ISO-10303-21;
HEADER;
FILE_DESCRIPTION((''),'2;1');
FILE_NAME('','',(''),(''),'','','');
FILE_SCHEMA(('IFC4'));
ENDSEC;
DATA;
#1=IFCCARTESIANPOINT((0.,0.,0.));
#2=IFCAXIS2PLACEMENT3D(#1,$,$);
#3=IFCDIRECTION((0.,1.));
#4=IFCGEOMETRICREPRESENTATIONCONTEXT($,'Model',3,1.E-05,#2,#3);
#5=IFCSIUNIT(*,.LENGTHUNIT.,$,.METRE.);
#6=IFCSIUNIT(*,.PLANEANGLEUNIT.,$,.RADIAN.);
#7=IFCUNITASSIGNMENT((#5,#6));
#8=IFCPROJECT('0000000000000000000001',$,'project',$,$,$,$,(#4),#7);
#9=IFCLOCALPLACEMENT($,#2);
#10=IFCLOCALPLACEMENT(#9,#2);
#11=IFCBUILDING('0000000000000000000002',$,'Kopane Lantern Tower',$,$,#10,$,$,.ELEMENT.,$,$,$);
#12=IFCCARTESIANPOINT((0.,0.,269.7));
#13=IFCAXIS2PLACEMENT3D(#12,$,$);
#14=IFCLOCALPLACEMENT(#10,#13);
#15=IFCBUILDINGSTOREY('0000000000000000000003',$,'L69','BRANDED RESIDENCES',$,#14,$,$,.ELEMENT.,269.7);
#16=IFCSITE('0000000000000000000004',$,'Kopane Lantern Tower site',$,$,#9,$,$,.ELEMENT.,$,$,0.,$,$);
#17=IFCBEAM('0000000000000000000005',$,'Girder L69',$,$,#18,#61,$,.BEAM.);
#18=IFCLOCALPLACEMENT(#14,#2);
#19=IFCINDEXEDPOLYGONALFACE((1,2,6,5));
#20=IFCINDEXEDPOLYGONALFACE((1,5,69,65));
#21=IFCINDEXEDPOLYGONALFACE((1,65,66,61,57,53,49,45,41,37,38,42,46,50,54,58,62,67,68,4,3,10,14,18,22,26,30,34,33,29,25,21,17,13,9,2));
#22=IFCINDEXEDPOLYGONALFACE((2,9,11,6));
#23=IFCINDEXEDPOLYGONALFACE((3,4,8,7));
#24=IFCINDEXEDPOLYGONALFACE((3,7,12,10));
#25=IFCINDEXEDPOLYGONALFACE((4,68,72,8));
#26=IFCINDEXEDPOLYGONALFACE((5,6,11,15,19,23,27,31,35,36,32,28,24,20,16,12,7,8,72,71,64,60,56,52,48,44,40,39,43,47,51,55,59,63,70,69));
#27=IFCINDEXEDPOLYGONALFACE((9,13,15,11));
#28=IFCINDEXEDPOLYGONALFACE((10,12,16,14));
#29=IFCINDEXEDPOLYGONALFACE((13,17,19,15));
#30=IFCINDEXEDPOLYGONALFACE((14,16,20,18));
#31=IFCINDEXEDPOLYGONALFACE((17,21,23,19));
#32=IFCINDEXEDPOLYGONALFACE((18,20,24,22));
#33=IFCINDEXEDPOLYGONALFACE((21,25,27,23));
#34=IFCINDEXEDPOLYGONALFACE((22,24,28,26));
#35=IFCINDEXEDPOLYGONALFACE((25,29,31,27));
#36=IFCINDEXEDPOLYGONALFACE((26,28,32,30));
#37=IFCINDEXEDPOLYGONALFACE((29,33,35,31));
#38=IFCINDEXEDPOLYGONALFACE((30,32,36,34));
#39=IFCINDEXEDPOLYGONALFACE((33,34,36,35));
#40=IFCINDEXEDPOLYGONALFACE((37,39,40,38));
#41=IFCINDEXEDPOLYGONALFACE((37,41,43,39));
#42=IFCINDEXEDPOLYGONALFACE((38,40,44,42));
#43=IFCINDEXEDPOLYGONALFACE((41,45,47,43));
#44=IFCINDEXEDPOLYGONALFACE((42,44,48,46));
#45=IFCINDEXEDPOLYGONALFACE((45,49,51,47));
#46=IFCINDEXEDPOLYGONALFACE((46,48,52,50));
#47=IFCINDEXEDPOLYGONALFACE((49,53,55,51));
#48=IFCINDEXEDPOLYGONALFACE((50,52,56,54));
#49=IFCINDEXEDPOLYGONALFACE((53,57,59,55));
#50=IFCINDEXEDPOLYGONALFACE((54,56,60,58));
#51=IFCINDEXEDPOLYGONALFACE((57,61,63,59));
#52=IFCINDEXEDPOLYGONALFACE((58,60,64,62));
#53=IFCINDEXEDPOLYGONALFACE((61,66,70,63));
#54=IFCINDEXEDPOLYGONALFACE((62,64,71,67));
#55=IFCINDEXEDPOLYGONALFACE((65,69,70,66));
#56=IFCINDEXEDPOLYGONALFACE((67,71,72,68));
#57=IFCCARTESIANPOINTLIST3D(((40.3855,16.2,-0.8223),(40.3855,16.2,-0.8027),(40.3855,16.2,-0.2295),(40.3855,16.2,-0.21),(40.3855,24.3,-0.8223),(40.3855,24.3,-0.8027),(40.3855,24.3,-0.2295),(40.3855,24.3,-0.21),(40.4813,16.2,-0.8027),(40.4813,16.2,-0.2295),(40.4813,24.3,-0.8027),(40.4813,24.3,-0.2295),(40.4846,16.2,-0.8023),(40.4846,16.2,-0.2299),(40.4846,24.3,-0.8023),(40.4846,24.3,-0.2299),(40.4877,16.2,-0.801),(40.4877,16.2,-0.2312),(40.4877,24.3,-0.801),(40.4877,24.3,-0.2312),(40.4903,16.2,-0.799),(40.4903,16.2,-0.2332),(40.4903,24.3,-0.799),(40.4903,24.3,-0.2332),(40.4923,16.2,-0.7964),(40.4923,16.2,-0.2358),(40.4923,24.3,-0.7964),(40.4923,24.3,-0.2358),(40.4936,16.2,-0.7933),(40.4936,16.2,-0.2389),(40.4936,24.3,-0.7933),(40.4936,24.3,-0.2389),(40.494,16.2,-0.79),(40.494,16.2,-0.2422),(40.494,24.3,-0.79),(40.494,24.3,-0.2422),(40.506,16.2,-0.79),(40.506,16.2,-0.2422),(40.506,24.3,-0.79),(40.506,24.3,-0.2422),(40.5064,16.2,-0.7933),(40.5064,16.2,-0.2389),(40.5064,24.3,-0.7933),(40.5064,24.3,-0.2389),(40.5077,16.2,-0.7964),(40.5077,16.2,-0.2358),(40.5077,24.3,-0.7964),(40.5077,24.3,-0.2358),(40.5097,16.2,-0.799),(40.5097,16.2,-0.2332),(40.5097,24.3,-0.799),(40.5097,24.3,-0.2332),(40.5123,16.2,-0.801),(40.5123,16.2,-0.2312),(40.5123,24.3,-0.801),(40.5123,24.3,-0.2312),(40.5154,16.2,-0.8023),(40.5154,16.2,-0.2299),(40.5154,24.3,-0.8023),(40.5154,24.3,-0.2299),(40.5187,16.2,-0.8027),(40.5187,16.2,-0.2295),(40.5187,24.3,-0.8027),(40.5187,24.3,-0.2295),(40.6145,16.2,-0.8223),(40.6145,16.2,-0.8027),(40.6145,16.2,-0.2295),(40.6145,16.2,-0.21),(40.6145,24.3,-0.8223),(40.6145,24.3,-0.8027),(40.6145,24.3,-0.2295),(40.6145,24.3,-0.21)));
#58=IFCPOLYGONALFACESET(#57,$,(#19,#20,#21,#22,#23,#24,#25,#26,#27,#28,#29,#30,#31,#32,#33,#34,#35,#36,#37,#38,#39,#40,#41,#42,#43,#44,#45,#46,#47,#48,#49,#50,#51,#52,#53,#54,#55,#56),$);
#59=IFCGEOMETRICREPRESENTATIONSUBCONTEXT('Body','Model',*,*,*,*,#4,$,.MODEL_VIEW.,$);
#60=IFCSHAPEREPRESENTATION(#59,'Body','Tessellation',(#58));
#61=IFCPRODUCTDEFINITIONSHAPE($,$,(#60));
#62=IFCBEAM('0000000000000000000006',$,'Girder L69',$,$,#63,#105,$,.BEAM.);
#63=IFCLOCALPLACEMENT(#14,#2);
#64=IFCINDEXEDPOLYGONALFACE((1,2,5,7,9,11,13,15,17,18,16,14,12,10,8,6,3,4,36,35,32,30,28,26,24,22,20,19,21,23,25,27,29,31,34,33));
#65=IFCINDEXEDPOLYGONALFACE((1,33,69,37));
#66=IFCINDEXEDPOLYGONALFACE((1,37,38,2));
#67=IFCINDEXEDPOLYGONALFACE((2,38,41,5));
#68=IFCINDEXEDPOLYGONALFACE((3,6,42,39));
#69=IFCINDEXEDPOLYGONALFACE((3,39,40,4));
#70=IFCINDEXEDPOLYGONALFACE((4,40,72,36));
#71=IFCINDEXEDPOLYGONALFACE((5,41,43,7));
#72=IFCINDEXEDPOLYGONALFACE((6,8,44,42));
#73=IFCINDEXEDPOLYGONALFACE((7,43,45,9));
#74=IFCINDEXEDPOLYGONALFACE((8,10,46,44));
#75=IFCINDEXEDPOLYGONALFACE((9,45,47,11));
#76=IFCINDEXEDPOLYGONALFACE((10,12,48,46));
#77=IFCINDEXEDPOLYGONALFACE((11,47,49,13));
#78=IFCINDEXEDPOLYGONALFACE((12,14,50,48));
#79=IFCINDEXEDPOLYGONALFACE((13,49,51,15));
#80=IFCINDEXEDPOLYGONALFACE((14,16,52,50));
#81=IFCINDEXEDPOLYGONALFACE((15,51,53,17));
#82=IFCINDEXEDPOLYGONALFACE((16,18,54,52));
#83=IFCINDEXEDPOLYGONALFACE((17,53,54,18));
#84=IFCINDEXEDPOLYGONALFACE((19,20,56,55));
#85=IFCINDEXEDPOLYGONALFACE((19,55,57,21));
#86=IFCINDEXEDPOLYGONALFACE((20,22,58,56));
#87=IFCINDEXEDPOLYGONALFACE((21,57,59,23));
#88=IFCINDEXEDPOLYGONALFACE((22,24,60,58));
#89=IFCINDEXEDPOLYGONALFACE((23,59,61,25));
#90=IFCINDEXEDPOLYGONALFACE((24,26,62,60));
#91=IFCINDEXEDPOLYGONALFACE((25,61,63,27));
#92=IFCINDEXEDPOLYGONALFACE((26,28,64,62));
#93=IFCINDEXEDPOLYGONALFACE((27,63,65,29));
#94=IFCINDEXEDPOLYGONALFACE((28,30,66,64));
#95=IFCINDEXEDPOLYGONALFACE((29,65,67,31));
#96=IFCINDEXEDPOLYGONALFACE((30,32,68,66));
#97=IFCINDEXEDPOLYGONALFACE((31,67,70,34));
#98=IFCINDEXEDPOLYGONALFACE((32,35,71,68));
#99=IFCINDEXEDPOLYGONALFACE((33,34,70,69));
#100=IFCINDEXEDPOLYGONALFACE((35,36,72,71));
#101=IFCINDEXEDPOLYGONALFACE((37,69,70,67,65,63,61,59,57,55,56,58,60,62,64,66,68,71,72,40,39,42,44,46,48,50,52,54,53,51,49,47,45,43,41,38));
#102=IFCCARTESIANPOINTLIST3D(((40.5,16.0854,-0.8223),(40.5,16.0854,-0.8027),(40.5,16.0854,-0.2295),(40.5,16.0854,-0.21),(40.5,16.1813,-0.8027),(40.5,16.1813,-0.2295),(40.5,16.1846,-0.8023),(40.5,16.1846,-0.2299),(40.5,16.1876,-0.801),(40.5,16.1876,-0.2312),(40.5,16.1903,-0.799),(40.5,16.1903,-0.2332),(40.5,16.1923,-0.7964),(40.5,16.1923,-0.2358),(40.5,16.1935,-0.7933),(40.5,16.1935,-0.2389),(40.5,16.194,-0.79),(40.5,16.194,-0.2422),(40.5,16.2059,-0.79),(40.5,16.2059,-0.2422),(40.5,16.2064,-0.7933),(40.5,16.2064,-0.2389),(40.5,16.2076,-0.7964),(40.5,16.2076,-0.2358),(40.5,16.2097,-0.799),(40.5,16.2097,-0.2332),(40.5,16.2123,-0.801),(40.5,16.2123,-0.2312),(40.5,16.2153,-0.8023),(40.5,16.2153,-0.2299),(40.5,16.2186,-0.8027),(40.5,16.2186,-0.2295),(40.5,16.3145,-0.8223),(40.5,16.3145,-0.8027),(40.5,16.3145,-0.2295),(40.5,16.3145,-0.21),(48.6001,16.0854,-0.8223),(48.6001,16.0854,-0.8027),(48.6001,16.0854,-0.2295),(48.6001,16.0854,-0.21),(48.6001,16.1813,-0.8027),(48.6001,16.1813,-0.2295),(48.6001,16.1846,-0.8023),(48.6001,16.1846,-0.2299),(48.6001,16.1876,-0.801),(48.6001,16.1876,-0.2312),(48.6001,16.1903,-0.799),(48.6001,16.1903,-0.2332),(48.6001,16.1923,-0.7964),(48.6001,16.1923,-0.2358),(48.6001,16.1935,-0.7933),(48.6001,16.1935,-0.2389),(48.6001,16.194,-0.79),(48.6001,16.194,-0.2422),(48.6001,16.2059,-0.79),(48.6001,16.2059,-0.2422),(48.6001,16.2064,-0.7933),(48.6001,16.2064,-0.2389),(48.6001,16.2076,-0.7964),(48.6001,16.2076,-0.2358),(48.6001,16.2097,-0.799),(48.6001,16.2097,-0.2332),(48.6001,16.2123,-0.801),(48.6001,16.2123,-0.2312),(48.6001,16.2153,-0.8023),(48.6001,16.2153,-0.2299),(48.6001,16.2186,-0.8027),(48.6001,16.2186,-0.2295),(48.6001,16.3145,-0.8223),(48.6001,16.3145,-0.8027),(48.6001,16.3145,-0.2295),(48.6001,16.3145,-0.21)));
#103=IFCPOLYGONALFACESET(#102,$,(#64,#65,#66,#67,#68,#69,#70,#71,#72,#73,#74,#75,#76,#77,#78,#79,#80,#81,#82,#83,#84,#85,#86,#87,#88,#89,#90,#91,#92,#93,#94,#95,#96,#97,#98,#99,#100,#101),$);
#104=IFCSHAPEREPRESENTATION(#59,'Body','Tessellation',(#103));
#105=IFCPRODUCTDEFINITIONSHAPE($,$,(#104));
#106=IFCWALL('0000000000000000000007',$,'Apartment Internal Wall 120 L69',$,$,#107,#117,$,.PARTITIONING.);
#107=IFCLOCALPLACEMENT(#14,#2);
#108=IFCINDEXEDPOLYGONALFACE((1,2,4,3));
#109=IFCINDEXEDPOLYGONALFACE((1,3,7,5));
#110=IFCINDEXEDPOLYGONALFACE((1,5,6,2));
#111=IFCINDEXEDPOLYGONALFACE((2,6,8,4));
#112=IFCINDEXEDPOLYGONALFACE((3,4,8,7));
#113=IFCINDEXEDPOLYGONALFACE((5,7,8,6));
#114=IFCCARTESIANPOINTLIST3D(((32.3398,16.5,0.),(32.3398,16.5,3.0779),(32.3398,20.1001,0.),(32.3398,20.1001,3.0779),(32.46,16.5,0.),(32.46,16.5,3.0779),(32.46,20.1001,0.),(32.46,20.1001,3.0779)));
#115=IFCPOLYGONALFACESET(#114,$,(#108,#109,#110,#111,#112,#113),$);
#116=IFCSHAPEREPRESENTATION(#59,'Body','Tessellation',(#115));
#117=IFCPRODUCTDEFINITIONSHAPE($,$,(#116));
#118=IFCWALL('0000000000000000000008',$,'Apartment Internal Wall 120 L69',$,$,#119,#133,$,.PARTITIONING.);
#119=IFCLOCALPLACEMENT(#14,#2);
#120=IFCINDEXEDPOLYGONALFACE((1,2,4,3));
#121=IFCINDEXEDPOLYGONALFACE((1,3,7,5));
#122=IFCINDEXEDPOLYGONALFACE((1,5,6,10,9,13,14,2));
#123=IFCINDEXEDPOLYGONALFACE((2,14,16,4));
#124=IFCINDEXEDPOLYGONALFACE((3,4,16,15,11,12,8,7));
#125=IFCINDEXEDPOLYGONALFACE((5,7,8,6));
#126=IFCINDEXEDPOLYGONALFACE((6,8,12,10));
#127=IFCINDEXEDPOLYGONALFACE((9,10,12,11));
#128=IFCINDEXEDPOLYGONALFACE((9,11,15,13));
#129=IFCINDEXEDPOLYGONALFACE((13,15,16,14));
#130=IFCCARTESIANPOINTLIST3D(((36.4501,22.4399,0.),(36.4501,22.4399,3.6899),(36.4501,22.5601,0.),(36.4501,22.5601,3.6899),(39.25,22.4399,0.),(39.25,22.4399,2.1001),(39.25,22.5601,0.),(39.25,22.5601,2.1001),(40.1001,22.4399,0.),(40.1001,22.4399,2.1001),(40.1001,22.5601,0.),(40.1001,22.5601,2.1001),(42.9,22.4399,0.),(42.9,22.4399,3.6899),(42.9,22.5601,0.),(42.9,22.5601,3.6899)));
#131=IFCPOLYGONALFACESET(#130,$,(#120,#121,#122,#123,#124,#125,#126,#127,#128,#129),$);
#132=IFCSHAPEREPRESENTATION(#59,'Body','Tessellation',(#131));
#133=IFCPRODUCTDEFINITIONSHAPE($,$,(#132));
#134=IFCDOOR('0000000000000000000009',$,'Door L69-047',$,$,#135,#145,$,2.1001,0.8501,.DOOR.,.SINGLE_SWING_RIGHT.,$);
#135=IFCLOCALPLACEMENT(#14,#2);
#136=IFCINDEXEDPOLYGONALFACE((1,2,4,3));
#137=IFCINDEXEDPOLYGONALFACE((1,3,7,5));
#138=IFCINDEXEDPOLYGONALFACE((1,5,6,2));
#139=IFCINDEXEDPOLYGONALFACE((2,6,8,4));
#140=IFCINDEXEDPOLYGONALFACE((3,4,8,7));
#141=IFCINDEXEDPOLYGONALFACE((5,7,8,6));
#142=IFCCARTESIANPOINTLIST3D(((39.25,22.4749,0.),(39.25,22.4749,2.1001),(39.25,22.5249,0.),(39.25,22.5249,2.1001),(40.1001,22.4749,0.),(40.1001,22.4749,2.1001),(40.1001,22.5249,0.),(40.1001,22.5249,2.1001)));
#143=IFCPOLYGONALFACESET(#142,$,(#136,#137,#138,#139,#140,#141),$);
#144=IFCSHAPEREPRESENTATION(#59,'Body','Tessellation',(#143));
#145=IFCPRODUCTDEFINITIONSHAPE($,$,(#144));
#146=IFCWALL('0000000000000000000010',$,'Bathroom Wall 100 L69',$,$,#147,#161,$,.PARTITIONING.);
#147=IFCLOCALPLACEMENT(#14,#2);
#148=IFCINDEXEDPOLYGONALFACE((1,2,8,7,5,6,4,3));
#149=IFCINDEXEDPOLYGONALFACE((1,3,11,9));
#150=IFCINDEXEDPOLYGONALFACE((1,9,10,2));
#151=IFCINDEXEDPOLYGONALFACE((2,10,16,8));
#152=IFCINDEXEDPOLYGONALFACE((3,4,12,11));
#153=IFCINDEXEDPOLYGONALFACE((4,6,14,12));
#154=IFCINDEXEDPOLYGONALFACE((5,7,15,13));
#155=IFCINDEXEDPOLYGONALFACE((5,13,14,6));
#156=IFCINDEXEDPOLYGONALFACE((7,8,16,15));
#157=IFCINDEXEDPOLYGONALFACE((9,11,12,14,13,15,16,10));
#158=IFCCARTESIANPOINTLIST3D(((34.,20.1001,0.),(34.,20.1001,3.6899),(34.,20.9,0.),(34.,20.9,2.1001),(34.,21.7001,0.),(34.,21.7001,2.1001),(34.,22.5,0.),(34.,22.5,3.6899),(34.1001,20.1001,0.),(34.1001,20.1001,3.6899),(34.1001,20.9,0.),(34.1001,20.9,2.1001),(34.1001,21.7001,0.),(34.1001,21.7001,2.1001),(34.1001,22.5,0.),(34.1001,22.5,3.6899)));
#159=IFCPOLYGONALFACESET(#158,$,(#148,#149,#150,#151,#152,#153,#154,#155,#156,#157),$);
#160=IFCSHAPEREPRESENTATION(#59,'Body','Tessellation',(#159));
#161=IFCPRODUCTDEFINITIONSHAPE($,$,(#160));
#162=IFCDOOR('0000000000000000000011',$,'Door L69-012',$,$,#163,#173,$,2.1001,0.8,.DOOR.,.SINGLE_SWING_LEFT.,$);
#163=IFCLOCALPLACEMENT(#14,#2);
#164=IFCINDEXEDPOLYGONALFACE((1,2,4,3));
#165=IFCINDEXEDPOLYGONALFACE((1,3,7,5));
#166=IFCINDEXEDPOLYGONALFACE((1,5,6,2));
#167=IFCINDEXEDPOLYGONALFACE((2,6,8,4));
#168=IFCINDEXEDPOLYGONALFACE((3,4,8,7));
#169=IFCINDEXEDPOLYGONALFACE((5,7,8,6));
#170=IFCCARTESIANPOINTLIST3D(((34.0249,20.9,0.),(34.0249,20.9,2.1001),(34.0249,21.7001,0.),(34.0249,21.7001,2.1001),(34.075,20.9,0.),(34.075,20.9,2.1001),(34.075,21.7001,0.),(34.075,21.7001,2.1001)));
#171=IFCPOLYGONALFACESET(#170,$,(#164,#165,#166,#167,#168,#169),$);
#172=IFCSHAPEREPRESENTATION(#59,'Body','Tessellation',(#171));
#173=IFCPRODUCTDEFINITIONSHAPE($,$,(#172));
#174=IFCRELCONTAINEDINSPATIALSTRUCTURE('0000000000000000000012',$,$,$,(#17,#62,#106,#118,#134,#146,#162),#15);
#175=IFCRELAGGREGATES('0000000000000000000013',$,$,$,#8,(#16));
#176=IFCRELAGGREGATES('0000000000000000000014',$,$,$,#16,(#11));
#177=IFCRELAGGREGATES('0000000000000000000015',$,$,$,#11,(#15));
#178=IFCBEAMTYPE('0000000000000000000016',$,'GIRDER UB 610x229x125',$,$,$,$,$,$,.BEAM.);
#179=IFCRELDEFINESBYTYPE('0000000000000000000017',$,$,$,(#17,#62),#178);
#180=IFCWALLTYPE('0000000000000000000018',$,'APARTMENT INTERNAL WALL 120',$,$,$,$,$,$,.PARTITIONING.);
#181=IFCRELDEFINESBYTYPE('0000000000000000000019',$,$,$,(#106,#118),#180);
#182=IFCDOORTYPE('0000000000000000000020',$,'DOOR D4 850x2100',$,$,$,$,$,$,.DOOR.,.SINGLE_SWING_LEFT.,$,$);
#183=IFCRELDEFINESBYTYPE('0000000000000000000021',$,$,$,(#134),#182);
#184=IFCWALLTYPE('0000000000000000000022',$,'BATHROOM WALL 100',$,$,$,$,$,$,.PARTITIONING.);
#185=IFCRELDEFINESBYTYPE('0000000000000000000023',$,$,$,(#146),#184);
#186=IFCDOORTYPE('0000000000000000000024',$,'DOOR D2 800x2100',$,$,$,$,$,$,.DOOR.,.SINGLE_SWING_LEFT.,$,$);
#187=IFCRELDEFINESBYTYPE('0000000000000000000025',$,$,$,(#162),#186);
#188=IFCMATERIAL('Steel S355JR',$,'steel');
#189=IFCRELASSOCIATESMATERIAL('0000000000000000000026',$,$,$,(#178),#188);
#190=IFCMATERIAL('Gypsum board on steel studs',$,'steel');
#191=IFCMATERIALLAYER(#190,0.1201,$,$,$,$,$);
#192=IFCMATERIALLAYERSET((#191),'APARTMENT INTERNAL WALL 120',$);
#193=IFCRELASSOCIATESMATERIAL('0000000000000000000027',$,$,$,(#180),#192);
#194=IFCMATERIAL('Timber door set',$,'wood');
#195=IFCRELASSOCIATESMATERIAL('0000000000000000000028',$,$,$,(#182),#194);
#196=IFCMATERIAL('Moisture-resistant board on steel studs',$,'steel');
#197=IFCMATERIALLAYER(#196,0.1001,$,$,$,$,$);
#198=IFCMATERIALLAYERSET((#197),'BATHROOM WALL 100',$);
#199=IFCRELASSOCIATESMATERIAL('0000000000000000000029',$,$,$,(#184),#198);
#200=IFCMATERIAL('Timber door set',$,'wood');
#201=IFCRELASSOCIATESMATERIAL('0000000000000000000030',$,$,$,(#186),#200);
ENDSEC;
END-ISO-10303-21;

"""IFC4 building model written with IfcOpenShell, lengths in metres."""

from ifc_helpers import new_model, si_unit, direction, frame, frame_2d, origin, origin_2d, place, context, subcontext, project, spatial, rectangle, i_section, extrude, material, layer, layer_set, material_profile, profile_set, type_object, element, fill, save


model = new_model("IFC4")

# Units and contexts
model_context = context("Model", 3, precision=1e-05, world=origin(), true_north=direction((0.0, 1.0)))
body_context = subcontext(model_context, "Body", "Model", "MODEL_VIEW")
ifc_project = project(units=[si_unit("LENGTHUNIT", "METRE"), si_unit("PLANEANGLEUNIT", "RADIAN")], contexts=[model_context])

# Site, building, storey
site_placement = place(None, origin())
site = spatial("IfcSite", under=ifc_project, at=site_placement, Name="Kopane Lantern Tower site", CompositionType="ELEMENT", RefElevation=0.0)
building_placement = place(site_placement, origin())
building = spatial("IfcBuilding", under=site, at=building_placement, Name="Kopane Lantern Tower", CompositionType="ELEMENT")
storey_placement = place(building_placement, frame((0.0, 0.0, 269.7)))
storey = spatial("IfcBuildingStorey", under=building, at=storey_placement, Name="L69", Description="BRANDED RESIDENCES", CompositionType="ELEMENT", Elevation=269.7)

# Beams
ifc_material_1 = material(Name="Steel S355JR", Category="steel")
ifc_material_profile_1 = material_profile(ifc_material_1, i_section(OverallWidth=0.229, OverallDepth=0.6123, WebThickness=0.012, FlangeThickness=0.0195, FilletRadius=0.0127, at=origin_2d()), Name="UB 610x229x125")
ifc_profile_set_1 = profile_set([ifc_material_profile_1], Name="Steel S355JR")
beam_type_1 = type_object("IfcBeamType", Name="GIRDER UB 610x229x125", PredefinedType="BEAM", material=ifc_profile_set_1)
for number, where, z_axis, x_axis, name in (
    (1, (40.5, 16.2, -0.5161), (0.0, 1.0, 0.0), (-1.0, 0.0, 0.0), "Girder L69"),
    (2, (40.5, 16.2, -0.5161), (1.0, 0.0, 0.0), (0.0, 1.0, 0.0), "Girder L69"),
):
    element("IfcBeam", number, at=place(storey_placement, frame(where, z_axis=z_axis, x_axis=x_axis)), inside=storey, type_object=beam_type_1, Name=name, PredefinedType="BEAM", context=body_context, shape_type="SweptSolid", body=[
        extrude(i_section(OverallWidth=0.229, OverallDepth=0.6123, WebThickness=0.012, FlangeThickness=0.0195, FilletRadius=0.0127, at=origin_2d()), origin(), (0.0, 0.0, 1.0), 8.1001),
    ])

# Wall
ifc_material_2 = material(Name="Gypsum board on steel studs", Category="steel")
ifc_layer_1 = layer(ifc_material_2, 0.1201)
ifc_layer_set_1 = layer_set([ifc_layer_1], Name="APARTMENT INTERNAL WALL 120")
wall_type_1 = type_object("IfcWallType", Name="APARTMENT INTERNAL WALL 120", PredefinedType="PARTITIONING", material=ifc_layer_set_1)
wall_1_placement = place(storey_placement, frame((32.3999, 20.1001, 0.0), z_axis=(0.0, 0.0, 1.0), x_axis=(0.0, -1.0, 0.0)))
element("IfcWall", 3, at=wall_1_placement, inside=storey, type_object=wall_type_1, Name="Apartment Internal Wall 120 L69", PredefinedType="PARTITIONING", context=body_context, shape_type="SweptSolid", body=[
    extrude(rectangle(XDim=3.6001, YDim=0.1201, at=frame_2d((1.8, 0.0))), origin(), (0.0, 0.0, 1.0), 3.0779),
])

# Walls, openings, doors
wall_2_placement = place(storey_placement, frame((36.45, 22.5, 0.0), z_axis=(0.0, 0.0, 1.0), x_axis=(1.0, 0.0, 0.0)))
wall_2 = element("IfcWall", 4, at=wall_2_placement, inside=storey, type_object=wall_type_1, Name="Apartment Internal Wall 120 L69", PredefinedType="PARTITIONING", context=body_context, shape_type="SweptSolid", body=[
    extrude(rectangle(XDim=6.45, YDim=0.1201, at=frame_2d((3.2251, 0.0))), origin(), (0.0, 0.0, 1.0), 3.6899),
])
opening_1_placement = place(wall_2_placement, frame((2.8, 0.0, 0.0)))
opening_1 = element("IfcOpeningElement", 5, at=opening_1_placement, cuts=wall_2, PredefinedType="OPENING", context=body_context, shape_type="SweptSolid", body=[
    extrude(rectangle(XDim=0.8501, YDim=2.1001, at=frame_2d((0.425, 1.05))), frame((0.0, 0.0701, 0.0), z_axis=(0.0, -1.0, 0.0), x_axis=(1.0, 0.0, 0.0)), (0.0, 0.0, 1.0), 0.1401),
])
ifc_material_3 = material(Name="Timber door set", Category="wood")
door_type_1 = type_object("IfcDoorType", Name="DOOR D4 850x2100", OperationType="SINGLE_SWING_LEFT", PredefinedType="DOOR", material=ifc_material_3)
door_1_placement = place(opening_1_placement, origin())
door_1 = element("IfcDoor", 6, at=door_1_placement, inside=storey, type_object=door_type_1, Name="Door L69-047", OperationType="SINGLE_SWING_RIGHT", OverallHeight=2.1001, OverallWidth=0.8501, PredefinedType="DOOR", context=body_context, shape_type="SweptSolid", body=[
    extrude(rectangle(XDim=0.8501, YDim=2.1001, at=frame_2d((0.425, 1.05))), frame((0.0, 0.0249, 0.0), z_axis=(0.0, -1.0, 0.0), x_axis=(1.0, 0.0, 0.0)), (0.0, 0.0, 1.0), 0.05),
])
fill(opening_1, door_1)
ifc_material_4 = material(Name="Moisture-resistant board on steel studs", Category="steel")
ifc_layer_2 = layer(ifc_material_4, 0.1001)
ifc_layer_set_2 = layer_set([ifc_layer_2], Name="BATHROOM WALL 100")
wall_type_2 = type_object("IfcWallType", Name="BATHROOM WALL 100", PredefinedType="PARTITIONING", material=ifc_layer_set_2)
wall_3_placement = place(storey_placement, frame((34.05, 22.5, 0.0), z_axis=(0.0, 0.0, 1.0), x_axis=(0.0, -1.0, 0.0)))
wall_3 = element("IfcWall", 7, at=wall_3_placement, inside=storey, type_object=wall_type_2, Name="Bathroom Wall 100 L69", PredefinedType="PARTITIONING", context=body_context, shape_type="SweptSolid", body=[
    extrude(rectangle(XDim=2.3999, YDim=0.1001, at=frame_2d((1.2, 0.0))), origin(), (0.0, 0.0, 1.0), 3.6899),
])
opening_2_placement = place(wall_3_placement, frame((0.8, 0.0, 0.0)))
opening_2 = element("IfcOpeningElement", 8, at=opening_2_placement, cuts=wall_3, PredefinedType="OPENING", context=body_context, shape_type="SweptSolid", body=[
    extrude(rectangle(XDim=0.8, YDim=2.1001, at=frame_2d((0.3999, 1.05))), frame((0.0, 0.0601, 0.0), z_axis=(0.0, -1.0, 0.0), x_axis=(1.0, 0.0, 0.0)), (0.0, 0.0, 1.0), 0.1201),
])
ifc_material_5 = material(Name="Timber door set", Category="wood")
door_type_2 = type_object("IfcDoorType", Name="DOOR D2 800x2100", OperationType="SINGLE_SWING_LEFT", PredefinedType="DOOR", material=ifc_material_5)
door_2_placement = place(opening_2_placement, origin())
door_2 = element("IfcDoor", 9, at=door_2_placement, inside=storey, type_object=door_type_2, Name="Door L69-012", OperationType="SINGLE_SWING_LEFT", OverallHeight=2.1001, OverallWidth=0.8, PredefinedType="DOOR", context=body_context, shape_type="SweptSolid", body=[
    extrude(rectangle(XDim=0.8, YDim=2.1001, at=frame_2d((0.3999, 1.05))), frame((0.0, 0.0249, 0.0), z_axis=(0.0, -1.0, 0.0), x_axis=(1.0, 0.0, 0.0)), (0.0, 0.0, 1.0), 0.05),
])
fill(opening_2, door_2)

save(model, "model.ifc")
